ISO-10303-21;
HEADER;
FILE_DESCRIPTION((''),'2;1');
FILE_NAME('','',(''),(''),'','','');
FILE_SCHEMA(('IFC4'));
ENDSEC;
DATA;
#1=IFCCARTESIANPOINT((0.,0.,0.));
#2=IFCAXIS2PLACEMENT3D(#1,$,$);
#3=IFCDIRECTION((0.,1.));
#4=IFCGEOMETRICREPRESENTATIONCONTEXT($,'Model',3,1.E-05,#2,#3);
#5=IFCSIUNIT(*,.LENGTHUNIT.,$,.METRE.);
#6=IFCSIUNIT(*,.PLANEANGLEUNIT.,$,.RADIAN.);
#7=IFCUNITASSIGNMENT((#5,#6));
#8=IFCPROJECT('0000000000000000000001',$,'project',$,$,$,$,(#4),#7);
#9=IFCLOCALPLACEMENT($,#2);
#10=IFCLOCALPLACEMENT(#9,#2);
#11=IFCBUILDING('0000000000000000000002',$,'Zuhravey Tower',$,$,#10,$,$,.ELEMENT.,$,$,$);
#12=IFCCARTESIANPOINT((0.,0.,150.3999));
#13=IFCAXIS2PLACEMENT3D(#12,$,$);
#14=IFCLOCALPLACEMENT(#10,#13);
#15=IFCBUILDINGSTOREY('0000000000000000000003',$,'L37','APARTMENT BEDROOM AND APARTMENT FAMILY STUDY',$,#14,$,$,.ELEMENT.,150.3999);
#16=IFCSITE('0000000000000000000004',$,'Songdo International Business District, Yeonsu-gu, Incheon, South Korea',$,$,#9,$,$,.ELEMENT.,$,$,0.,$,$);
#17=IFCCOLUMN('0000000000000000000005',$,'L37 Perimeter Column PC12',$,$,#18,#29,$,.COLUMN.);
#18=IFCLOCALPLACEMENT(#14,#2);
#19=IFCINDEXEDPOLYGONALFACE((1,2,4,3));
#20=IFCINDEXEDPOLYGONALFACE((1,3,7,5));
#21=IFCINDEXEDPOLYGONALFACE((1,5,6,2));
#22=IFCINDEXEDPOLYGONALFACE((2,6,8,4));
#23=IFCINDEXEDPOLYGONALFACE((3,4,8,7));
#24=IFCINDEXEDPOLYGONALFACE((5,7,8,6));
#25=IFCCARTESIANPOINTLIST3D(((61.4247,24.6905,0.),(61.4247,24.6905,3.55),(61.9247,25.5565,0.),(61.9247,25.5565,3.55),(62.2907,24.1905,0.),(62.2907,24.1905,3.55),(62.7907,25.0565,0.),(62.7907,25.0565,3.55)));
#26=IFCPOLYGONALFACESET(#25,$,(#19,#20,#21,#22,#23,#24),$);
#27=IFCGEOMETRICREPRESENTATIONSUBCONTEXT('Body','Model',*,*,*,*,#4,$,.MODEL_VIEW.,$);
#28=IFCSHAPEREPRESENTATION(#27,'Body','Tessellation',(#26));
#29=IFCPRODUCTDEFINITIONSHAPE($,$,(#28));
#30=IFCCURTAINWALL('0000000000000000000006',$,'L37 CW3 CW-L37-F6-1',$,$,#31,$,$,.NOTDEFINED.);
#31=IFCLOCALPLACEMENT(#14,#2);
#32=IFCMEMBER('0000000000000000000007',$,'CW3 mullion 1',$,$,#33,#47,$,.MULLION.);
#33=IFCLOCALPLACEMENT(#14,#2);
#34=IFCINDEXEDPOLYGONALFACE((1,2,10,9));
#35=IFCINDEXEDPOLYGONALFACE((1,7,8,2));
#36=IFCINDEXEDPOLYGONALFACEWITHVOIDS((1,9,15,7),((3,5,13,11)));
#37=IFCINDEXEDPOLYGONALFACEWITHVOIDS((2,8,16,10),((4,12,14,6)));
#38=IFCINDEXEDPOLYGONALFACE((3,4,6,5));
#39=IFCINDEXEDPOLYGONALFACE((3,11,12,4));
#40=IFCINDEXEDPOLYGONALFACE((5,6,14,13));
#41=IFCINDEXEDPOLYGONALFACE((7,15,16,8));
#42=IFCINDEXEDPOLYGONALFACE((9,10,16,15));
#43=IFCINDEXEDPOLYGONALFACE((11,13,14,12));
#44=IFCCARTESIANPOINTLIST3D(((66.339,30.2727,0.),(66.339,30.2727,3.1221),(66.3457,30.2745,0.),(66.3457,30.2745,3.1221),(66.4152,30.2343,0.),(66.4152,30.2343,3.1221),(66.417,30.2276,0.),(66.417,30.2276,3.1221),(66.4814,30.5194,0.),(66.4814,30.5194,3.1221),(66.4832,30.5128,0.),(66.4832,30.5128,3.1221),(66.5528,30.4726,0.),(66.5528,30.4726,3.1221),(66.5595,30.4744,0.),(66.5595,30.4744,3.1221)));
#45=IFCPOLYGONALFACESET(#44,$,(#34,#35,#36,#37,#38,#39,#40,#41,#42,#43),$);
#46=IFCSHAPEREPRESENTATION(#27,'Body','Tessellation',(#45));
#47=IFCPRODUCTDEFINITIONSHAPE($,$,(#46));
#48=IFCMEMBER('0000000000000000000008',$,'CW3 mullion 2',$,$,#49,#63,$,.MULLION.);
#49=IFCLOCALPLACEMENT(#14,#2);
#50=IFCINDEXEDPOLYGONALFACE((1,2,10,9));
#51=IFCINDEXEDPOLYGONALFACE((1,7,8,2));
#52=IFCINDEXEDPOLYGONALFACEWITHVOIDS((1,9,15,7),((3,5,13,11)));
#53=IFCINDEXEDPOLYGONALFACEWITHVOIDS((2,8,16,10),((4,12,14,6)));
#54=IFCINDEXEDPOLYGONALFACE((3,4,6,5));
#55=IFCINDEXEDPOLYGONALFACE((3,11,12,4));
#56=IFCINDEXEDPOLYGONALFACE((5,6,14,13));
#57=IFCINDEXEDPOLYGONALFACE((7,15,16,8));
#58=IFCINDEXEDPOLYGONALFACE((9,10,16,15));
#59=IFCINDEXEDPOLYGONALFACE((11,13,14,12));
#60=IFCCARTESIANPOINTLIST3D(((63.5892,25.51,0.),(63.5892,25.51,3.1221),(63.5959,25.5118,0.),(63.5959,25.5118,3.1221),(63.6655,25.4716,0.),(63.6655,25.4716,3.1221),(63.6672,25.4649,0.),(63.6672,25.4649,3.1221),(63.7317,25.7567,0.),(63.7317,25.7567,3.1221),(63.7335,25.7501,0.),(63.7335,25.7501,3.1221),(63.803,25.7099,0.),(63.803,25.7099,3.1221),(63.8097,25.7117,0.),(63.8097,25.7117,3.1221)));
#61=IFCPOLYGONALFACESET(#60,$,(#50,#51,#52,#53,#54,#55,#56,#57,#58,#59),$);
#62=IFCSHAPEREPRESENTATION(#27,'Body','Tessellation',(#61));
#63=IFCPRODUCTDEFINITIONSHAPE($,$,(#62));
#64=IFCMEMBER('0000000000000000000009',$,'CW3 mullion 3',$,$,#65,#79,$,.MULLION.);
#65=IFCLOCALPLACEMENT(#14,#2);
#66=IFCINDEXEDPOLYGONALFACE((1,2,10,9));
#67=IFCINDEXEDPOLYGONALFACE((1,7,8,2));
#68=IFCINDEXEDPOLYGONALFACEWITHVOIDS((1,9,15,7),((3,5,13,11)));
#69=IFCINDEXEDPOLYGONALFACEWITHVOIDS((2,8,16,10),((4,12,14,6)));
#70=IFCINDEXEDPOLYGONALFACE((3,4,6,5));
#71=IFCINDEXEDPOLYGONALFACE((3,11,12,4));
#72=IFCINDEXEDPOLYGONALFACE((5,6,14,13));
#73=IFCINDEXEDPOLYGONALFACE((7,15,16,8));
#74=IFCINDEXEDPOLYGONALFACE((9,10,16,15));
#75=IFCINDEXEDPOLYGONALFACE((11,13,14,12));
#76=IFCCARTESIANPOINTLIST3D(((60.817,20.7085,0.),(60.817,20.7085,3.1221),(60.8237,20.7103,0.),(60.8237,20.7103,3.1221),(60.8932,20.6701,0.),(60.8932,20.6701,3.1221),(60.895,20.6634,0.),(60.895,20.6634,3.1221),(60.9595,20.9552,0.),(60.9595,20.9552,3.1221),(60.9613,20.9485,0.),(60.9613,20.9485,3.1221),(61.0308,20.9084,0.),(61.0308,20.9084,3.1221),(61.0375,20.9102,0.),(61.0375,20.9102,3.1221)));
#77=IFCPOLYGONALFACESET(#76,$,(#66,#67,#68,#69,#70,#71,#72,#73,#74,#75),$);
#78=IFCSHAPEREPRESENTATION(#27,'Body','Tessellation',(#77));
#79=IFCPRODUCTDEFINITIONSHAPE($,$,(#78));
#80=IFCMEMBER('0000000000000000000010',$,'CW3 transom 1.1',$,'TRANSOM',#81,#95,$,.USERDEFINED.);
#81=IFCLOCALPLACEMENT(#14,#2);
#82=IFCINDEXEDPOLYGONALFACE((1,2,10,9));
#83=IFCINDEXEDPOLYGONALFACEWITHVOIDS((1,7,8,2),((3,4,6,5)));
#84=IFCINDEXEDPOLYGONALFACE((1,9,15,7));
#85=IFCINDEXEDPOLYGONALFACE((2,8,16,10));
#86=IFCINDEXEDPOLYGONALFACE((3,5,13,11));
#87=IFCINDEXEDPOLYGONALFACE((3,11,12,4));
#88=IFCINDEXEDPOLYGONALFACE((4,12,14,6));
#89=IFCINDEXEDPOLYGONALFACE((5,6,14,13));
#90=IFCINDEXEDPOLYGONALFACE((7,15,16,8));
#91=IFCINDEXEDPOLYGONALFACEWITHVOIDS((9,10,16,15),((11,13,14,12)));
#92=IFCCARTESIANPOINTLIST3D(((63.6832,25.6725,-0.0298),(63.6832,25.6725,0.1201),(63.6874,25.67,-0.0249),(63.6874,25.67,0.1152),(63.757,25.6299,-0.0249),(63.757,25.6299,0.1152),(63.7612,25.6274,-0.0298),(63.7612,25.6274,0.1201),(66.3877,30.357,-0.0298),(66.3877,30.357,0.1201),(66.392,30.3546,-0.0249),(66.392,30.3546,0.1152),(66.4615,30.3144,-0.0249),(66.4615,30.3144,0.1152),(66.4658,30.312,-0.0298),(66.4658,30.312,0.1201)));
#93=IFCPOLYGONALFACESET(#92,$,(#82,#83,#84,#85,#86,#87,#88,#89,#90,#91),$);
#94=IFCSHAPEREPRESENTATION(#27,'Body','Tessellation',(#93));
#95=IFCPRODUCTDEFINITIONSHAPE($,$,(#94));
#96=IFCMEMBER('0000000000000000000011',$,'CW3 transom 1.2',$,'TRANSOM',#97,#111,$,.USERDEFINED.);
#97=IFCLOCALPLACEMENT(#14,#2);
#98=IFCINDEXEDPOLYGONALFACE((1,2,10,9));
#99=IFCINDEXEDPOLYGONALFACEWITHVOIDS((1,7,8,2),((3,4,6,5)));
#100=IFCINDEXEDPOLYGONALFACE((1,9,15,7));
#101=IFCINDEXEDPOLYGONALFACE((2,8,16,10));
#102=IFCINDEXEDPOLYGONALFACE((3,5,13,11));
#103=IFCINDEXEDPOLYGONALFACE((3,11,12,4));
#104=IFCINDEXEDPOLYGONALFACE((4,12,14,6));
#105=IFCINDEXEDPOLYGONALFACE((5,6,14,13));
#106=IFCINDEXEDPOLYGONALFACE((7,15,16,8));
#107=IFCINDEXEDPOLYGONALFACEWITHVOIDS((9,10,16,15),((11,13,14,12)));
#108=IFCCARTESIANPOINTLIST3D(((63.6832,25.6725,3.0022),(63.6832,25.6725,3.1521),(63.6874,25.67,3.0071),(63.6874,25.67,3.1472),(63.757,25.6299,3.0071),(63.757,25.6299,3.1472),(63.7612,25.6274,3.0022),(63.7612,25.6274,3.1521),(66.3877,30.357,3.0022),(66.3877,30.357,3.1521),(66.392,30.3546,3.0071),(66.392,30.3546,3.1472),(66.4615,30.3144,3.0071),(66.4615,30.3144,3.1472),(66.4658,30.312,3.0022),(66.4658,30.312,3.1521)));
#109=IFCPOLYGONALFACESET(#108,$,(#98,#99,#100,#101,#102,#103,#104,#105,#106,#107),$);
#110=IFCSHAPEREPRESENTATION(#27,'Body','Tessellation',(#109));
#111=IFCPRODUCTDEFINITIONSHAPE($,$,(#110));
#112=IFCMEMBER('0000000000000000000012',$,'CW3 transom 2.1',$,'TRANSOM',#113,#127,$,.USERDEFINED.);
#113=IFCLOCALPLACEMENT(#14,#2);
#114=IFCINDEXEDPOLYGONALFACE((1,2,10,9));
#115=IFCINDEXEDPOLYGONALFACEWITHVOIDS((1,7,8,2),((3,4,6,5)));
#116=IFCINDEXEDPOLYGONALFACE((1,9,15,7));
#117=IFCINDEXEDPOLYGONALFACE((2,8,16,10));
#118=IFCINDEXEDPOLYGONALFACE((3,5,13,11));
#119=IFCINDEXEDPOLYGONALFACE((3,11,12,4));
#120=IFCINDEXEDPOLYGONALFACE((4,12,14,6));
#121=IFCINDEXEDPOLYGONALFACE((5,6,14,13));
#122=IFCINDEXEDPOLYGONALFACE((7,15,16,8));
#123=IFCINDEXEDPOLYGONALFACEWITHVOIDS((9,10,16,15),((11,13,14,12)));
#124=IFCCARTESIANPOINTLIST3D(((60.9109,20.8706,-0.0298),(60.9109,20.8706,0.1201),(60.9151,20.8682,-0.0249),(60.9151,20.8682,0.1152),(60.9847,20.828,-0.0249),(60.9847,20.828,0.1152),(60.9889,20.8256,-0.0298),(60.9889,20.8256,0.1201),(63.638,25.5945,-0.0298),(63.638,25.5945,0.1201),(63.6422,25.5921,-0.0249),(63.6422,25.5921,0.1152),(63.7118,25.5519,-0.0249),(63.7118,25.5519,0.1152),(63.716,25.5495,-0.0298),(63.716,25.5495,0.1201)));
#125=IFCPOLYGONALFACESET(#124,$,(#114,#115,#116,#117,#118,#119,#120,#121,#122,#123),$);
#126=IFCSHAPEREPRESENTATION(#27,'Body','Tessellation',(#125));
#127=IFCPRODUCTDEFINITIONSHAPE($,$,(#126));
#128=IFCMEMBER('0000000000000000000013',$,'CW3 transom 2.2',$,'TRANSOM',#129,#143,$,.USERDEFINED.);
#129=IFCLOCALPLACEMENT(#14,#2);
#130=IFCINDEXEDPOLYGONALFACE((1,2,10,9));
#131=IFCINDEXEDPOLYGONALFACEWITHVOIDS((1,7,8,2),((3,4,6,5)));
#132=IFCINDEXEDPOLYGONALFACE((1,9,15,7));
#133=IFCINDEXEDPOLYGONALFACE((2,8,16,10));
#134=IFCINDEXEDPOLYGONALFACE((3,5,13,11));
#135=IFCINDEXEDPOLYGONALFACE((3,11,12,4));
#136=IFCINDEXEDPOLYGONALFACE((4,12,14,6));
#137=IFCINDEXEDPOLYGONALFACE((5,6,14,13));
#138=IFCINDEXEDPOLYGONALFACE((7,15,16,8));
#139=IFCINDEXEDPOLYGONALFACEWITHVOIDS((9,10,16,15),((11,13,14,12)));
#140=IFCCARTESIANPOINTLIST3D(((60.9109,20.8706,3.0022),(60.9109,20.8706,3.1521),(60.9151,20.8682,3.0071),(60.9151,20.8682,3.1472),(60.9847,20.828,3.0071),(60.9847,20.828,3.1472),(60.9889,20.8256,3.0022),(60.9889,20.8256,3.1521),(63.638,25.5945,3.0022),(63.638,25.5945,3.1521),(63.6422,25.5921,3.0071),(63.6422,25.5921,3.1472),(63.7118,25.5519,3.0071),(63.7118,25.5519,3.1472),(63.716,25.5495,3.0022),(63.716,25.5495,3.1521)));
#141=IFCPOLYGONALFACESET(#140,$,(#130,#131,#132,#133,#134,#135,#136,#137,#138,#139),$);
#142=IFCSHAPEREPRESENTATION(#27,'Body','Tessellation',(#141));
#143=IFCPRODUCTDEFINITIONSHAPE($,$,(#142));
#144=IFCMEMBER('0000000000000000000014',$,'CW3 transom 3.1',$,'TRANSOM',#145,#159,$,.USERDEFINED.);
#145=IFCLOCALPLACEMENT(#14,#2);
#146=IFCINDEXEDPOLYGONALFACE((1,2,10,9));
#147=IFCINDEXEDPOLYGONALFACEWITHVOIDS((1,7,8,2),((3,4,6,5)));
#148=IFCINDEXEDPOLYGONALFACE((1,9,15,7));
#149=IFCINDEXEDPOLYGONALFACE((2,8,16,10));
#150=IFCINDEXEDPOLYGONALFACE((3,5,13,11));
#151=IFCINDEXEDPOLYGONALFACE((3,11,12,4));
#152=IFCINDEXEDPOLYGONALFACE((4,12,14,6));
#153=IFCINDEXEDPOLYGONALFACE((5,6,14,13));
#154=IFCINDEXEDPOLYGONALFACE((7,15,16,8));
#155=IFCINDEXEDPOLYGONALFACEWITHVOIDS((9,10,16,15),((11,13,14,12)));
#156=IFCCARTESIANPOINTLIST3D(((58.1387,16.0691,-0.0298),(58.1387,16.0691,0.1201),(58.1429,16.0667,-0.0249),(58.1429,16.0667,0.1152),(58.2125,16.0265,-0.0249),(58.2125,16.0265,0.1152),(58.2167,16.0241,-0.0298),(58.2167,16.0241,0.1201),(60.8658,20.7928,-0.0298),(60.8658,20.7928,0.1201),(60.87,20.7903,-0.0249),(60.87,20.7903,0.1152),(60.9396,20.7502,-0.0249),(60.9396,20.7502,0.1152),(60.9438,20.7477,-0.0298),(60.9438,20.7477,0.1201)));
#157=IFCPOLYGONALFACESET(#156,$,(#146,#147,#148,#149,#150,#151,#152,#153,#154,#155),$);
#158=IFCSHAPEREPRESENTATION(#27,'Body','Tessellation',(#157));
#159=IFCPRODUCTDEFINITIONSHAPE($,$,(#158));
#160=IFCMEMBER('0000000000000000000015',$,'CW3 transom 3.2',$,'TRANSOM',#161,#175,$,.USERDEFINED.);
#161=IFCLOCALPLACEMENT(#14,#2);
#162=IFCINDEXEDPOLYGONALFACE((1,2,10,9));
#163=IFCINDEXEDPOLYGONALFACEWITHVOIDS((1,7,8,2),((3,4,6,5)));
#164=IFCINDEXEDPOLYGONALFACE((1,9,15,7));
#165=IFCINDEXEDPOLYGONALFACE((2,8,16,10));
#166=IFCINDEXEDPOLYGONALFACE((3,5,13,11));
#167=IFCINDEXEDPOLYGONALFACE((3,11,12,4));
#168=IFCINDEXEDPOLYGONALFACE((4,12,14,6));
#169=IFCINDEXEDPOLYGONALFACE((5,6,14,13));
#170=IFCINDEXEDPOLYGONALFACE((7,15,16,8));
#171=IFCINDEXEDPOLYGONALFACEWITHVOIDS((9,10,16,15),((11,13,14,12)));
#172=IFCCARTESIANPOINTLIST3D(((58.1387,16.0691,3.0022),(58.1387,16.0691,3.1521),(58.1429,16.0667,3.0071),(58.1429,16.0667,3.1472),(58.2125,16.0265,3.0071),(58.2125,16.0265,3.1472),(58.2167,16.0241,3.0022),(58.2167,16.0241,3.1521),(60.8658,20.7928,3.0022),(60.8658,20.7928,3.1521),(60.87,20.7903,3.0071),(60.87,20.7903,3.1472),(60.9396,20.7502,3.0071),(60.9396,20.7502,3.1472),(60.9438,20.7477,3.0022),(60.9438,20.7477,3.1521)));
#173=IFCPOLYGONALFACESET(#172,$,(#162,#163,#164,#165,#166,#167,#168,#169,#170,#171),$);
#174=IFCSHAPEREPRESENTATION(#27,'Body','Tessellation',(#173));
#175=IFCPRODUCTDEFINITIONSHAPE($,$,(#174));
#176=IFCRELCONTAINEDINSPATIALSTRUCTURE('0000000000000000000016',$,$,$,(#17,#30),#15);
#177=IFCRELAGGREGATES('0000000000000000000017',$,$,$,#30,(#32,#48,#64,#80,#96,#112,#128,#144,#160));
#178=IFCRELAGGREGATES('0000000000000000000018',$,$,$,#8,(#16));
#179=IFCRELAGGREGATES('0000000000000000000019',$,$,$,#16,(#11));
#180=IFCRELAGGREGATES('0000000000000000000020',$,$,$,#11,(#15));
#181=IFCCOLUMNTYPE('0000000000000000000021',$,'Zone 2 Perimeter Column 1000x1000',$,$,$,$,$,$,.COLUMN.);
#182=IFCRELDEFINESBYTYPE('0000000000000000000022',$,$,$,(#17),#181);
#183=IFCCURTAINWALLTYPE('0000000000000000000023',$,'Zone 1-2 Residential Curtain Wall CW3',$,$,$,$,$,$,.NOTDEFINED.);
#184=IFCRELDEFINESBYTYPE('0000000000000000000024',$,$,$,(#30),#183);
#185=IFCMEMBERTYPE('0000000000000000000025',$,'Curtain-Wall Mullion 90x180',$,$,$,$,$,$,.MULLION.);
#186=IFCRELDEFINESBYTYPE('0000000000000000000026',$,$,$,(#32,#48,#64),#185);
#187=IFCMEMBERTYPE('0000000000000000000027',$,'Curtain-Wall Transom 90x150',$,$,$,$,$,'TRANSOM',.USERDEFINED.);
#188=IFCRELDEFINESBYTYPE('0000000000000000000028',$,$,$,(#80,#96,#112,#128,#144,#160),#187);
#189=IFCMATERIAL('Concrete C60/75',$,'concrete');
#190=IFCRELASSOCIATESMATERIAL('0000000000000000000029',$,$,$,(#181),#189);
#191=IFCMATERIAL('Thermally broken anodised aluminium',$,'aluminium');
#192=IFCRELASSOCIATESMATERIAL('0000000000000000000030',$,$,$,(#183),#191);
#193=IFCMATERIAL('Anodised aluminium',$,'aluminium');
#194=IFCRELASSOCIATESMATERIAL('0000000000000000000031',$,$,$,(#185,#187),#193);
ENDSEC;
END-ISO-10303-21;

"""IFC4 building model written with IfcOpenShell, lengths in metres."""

from ifc_helpers import new_model, si_unit, direction, frame, origin, origin_2d, place, context, subcontext, project, spatial, rectangle, hollow_rectangle, extrude, material, material_profile, profile_set, type_object, element, aggregate, save


model = new_model("IFC4")

# Units and contexts
model_context = context("Model", 3, precision=1e-05, world=origin(), true_north=direction((0.0, 1.0)))
body_context = subcontext(model_context, "Body", "Model", "MODEL_VIEW")
ifc_project = project(units=[si_unit("LENGTHUNIT", "METRE"), si_unit("PLANEANGLEUNIT", "RADIAN")], contexts=[model_context])

# Site, building, storey
site_placement = place(None, origin())
site = spatial("IfcSite", under=ifc_project, at=site_placement, Name="Songdo International Business District, Yeonsu-gu, Incheon, South Korea", CompositionType="ELEMENT", RefElevation=0.0)
building_placement = place(site_placement, origin())
building = spatial("IfcBuilding", under=site, at=building_placement, Name="Zuhravey Tower", CompositionType="ELEMENT")
storey_placement = place(building_placement, frame((0.0, 0.0, 150.3999)))
storey = spatial("IfcBuildingStorey", under=building, at=storey_placement, Name="L37", Description="APARTMENT BEDROOM AND APARTMENT FAMILY STUDY", CompositionType="ELEMENT", Elevation=150.3999)

# Column
ifc_material_1 = material(Name="Concrete C60/75", Category="concrete")
ifc_material_profile_1 = material_profile(ifc_material_1, rectangle(XDim=1.0, YDim=1.0, at=origin_2d()), Name="RC-1000x1000")
ifc_profile_set_1 = profile_set([ifc_material_profile_1], Name="Concrete C60/75")
column_type = type_object("IfcColumnType", Name="Zone 2 Perimeter Column 1000x1000", PredefinedType="COLUMN", material=ifc_profile_set_1)
column_placement = place(storey_placement, frame((62.1077, 24.8735, 0.0), z_axis=(0.0, 0.0, 1.0), x_axis=(0.5, 0.866025, 0.0)))
element("IfcColumn", 1, at=column_placement, inside=storey, type_object=column_type, Name="L37 Perimeter Column PC12", PredefinedType="COLUMN", context=body_context, shape_type="SweptSolid", body=[
    extrude(rectangle(XDim=1.0, YDim=1.0, at=origin_2d()), origin(), (0.0, 0.0, 1.0), 3.55),
])

# Curtain wall, members
ifc_material_2 = material(Name="Thermally broken anodised aluminium", Category="aluminium")
curtain_wall_type = type_object("IfcCurtainWallType", Name="Zone 1-2 Residential Curtain Wall CW3", PredefinedType="NOTDEFINED", material=ifc_material_2)
curtain_wall_placement = place(storey_placement, origin())
curtain_wall = element("IfcCurtainWall", 2, at=curtain_wall_placement, inside=storey, type_object=curtain_wall_type, Name="L37 CW3 CW-L37-F6-1", PredefinedType="NOTDEFINED")
ifc_material_3 = material(Name="Anodised aluminium", Category="aluminium")
ifc_material_profile_2 = material_profile(ifc_material_3, hollow_rectangle(XDim=0.0901, YDim=0.2849, WallThickness=0.0049, at=origin_2d()), Name="ALU-RHS-90x285x5")
ifc_profile_set_2 = profile_set([ifc_material_profile_2], Name="Anodised aluminium")
member_type_1 = type_object("IfcMemberType", Name="Curtain-Wall Mullion 90x180", PredefinedType="MULLION", material=ifc_profile_set_2)
member_1_placement = place(storey_placement, frame((66.4492, 30.3735, 0.0), z_axis=(0.0, 0.0, 1.0), x_axis=(0.866025, -0.5, 0.0)))
member_1 = element("IfcMember", 3, at=member_1_placement, type_object=member_type_1, Name="CW3 mullion 1", PredefinedType="MULLION", context=body_context, shape_type="SweptSolid", body=[
    extrude(hollow_rectangle(XDim=0.0901, YDim=0.2849, WallThickness=0.0049, at=origin_2d()), origin(), (0.0, 0.0, 1.0), 3.1221),
])
member_2_placement = place(storey_placement, frame((63.6995, 25.6108, 0.0), z_axis=(0.0, 0.0, 1.0), x_axis=(0.866025, -0.5, 0.0)))
member_2 = element("IfcMember", 4, at=member_2_placement, type_object=member_type_1, Name="CW3 mullion 2", PredefinedType="MULLION", context=body_context, shape_type="SweptSolid", body=[
    extrude(hollow_rectangle(XDim=0.0901, YDim=0.2849, WallThickness=0.0049, at=origin_2d()), origin(), (0.0, 0.0, 1.0), 3.1221),
])
member_3_placement = place(storey_placement, frame((60.9272, 20.8093, 0.0), z_axis=(0.0, 0.0, 1.0), x_axis=(0.866025, -0.5, 0.0)))
member_3 = element("IfcMember", 5, at=member_3_placement, type_object=member_type_1, Name="CW3 mullion 3", PredefinedType="MULLION", context=body_context, shape_type="SweptSolid", body=[
    extrude(hollow_rectangle(XDim=0.0901, YDim=0.2849, WallThickness=0.0049, at=origin_2d()), origin(), (0.0, 0.0, 1.0), 3.1221),
])
ifc_material_profile_3 = material_profile(ifc_material_3, hollow_rectangle(XDim=0.0901, YDim=0.1499, WallThickness=0.0049, at=origin_2d()), Name="ALU-RHS-90x150x5")
ifc_profile_set_3 = profile_set([ifc_material_profile_3], Name="Anodised aluminium")
member_type_2 = type_object("IfcMemberType", Name="Curtain-Wall Transom 90x150", ElementType="TRANSOM", PredefinedType="USERDEFINED", material=ifc_profile_set_3)
member_4_placement = place(storey_placement, frame((66.4268, 30.3345, 0.0452), z_axis=(-0.499993, -0.866029, 0.0), x_axis=(0.866029, -0.499993, 0.0)))
member_4 = element("IfcMember", 6, at=member_4_placement, type_object=member_type_2, Name="CW3 transom 1.1", ObjectType="TRANSOM", PredefinedType="USERDEFINED", context=body_context, shape_type="SweptSolid", body=[
    extrude(hollow_rectangle(XDim=0.0901, YDim=0.1499, WallThickness=0.0049, at=origin_2d()), origin(), (0.0, 0.0, 1.0), 5.4092),
])
member_5_placement = place(storey_placement, frame((66.4268, 30.3345, 3.0771), z_axis=(-0.499993, -0.866029, 0.0), x_axis=(0.866029, -0.499993, 0.0)))
member_5 = element("IfcMember", 7, at=member_5_placement, type_object=member_type_2, Name="CW3 transom 1.2", ObjectType="TRANSOM", PredefinedType="USERDEFINED", context=body_context, shape_type="SweptSolid", body=[
    extrude(hollow_rectangle(XDim=0.0901, YDim=0.1499, WallThickness=0.0049, at=origin_2d()), origin(), (0.0, 0.0, 1.0), 5.4092),
])
member_6_placement = place(storey_placement, frame((63.677, 25.572, 0.0452), z_axis=(-0.499961, -0.866048, 0.0), x_axis=(0.866048, -0.499961, 0.0)))
member_6 = element("IfcMember", 8, at=member_6_placement, type_object=member_type_2, Name="CW3 transom 2.1", ObjectType="TRANSOM", PredefinedType="USERDEFINED", context=body_context, shape_type="SweptSolid", body=[
    extrude(hollow_rectangle(XDim=0.0901, YDim=0.1499, WallThickness=0.0049, at=origin_2d()), origin(), (0.0, 0.0, 1.0), 5.4546),
])
member_7_placement = place(storey_placement, frame((63.677, 25.572, 3.0771), z_axis=(-0.499961, -0.866048, 0.0), x_axis=(0.866048, -0.499961, 0.0)))
member_7 = element("IfcMember", 9, at=member_7_placement, type_object=member_type_2, Name="CW3 transom 2.2", ObjectType="TRANSOM", PredefinedType="USERDEFINED", context=body_context, shape_type="SweptSolid", body=[
    extrude(hollow_rectangle(XDim=0.0901, YDim=0.1499, WallThickness=0.0049, at=origin_2d()), origin(), (0.0, 0.0, 1.0), 5.4546),
])
member_8_placement = place(storey_placement, frame((60.9048, 20.7703, 0.0452), z_axis=(-0.499981, -0.866037, 0.0), x_axis=(0.866037, -0.499981, 0.0)))
member_8 = element("IfcMember", 10, at=member_8_placement, type_object=member_type_2, Name="CW3 transom 3.1", ObjectType="TRANSOM", PredefinedType="USERDEFINED", context=body_context, shape_type="SweptSolid", body=[
    extrude(hollow_rectangle(XDim=0.0901, YDim=0.1499, WallThickness=0.0049, at=origin_2d()), origin(), (0.0, 0.0, 1.0), 5.4543),
])
member_9_placement = place(storey_placement, frame((60.9048, 20.7703, 3.0771), z_axis=(-0.499981, -0.866037, 0.0), x_axis=(0.866037, -0.499981, 0.0)))
member_9 = element("IfcMember", 11, at=member_9_placement, type_object=member_type_2, Name="CW3 transom 3.2", ObjectType="TRANSOM", PredefinedType="USERDEFINED", context=body_context, shape_type="SweptSolid", body=[
    extrude(hollow_rectangle(XDim=0.0901, YDim=0.1499, WallThickness=0.0049, at=origin_2d()), origin(), (0.0, 0.0, 1.0), 5.4543),
])

aggregate(curtain_wall, [member_1, member_2, member_3, member_4, member_5, member_6, member_7, member_8, member_9])

save(model, "model.ifc")
